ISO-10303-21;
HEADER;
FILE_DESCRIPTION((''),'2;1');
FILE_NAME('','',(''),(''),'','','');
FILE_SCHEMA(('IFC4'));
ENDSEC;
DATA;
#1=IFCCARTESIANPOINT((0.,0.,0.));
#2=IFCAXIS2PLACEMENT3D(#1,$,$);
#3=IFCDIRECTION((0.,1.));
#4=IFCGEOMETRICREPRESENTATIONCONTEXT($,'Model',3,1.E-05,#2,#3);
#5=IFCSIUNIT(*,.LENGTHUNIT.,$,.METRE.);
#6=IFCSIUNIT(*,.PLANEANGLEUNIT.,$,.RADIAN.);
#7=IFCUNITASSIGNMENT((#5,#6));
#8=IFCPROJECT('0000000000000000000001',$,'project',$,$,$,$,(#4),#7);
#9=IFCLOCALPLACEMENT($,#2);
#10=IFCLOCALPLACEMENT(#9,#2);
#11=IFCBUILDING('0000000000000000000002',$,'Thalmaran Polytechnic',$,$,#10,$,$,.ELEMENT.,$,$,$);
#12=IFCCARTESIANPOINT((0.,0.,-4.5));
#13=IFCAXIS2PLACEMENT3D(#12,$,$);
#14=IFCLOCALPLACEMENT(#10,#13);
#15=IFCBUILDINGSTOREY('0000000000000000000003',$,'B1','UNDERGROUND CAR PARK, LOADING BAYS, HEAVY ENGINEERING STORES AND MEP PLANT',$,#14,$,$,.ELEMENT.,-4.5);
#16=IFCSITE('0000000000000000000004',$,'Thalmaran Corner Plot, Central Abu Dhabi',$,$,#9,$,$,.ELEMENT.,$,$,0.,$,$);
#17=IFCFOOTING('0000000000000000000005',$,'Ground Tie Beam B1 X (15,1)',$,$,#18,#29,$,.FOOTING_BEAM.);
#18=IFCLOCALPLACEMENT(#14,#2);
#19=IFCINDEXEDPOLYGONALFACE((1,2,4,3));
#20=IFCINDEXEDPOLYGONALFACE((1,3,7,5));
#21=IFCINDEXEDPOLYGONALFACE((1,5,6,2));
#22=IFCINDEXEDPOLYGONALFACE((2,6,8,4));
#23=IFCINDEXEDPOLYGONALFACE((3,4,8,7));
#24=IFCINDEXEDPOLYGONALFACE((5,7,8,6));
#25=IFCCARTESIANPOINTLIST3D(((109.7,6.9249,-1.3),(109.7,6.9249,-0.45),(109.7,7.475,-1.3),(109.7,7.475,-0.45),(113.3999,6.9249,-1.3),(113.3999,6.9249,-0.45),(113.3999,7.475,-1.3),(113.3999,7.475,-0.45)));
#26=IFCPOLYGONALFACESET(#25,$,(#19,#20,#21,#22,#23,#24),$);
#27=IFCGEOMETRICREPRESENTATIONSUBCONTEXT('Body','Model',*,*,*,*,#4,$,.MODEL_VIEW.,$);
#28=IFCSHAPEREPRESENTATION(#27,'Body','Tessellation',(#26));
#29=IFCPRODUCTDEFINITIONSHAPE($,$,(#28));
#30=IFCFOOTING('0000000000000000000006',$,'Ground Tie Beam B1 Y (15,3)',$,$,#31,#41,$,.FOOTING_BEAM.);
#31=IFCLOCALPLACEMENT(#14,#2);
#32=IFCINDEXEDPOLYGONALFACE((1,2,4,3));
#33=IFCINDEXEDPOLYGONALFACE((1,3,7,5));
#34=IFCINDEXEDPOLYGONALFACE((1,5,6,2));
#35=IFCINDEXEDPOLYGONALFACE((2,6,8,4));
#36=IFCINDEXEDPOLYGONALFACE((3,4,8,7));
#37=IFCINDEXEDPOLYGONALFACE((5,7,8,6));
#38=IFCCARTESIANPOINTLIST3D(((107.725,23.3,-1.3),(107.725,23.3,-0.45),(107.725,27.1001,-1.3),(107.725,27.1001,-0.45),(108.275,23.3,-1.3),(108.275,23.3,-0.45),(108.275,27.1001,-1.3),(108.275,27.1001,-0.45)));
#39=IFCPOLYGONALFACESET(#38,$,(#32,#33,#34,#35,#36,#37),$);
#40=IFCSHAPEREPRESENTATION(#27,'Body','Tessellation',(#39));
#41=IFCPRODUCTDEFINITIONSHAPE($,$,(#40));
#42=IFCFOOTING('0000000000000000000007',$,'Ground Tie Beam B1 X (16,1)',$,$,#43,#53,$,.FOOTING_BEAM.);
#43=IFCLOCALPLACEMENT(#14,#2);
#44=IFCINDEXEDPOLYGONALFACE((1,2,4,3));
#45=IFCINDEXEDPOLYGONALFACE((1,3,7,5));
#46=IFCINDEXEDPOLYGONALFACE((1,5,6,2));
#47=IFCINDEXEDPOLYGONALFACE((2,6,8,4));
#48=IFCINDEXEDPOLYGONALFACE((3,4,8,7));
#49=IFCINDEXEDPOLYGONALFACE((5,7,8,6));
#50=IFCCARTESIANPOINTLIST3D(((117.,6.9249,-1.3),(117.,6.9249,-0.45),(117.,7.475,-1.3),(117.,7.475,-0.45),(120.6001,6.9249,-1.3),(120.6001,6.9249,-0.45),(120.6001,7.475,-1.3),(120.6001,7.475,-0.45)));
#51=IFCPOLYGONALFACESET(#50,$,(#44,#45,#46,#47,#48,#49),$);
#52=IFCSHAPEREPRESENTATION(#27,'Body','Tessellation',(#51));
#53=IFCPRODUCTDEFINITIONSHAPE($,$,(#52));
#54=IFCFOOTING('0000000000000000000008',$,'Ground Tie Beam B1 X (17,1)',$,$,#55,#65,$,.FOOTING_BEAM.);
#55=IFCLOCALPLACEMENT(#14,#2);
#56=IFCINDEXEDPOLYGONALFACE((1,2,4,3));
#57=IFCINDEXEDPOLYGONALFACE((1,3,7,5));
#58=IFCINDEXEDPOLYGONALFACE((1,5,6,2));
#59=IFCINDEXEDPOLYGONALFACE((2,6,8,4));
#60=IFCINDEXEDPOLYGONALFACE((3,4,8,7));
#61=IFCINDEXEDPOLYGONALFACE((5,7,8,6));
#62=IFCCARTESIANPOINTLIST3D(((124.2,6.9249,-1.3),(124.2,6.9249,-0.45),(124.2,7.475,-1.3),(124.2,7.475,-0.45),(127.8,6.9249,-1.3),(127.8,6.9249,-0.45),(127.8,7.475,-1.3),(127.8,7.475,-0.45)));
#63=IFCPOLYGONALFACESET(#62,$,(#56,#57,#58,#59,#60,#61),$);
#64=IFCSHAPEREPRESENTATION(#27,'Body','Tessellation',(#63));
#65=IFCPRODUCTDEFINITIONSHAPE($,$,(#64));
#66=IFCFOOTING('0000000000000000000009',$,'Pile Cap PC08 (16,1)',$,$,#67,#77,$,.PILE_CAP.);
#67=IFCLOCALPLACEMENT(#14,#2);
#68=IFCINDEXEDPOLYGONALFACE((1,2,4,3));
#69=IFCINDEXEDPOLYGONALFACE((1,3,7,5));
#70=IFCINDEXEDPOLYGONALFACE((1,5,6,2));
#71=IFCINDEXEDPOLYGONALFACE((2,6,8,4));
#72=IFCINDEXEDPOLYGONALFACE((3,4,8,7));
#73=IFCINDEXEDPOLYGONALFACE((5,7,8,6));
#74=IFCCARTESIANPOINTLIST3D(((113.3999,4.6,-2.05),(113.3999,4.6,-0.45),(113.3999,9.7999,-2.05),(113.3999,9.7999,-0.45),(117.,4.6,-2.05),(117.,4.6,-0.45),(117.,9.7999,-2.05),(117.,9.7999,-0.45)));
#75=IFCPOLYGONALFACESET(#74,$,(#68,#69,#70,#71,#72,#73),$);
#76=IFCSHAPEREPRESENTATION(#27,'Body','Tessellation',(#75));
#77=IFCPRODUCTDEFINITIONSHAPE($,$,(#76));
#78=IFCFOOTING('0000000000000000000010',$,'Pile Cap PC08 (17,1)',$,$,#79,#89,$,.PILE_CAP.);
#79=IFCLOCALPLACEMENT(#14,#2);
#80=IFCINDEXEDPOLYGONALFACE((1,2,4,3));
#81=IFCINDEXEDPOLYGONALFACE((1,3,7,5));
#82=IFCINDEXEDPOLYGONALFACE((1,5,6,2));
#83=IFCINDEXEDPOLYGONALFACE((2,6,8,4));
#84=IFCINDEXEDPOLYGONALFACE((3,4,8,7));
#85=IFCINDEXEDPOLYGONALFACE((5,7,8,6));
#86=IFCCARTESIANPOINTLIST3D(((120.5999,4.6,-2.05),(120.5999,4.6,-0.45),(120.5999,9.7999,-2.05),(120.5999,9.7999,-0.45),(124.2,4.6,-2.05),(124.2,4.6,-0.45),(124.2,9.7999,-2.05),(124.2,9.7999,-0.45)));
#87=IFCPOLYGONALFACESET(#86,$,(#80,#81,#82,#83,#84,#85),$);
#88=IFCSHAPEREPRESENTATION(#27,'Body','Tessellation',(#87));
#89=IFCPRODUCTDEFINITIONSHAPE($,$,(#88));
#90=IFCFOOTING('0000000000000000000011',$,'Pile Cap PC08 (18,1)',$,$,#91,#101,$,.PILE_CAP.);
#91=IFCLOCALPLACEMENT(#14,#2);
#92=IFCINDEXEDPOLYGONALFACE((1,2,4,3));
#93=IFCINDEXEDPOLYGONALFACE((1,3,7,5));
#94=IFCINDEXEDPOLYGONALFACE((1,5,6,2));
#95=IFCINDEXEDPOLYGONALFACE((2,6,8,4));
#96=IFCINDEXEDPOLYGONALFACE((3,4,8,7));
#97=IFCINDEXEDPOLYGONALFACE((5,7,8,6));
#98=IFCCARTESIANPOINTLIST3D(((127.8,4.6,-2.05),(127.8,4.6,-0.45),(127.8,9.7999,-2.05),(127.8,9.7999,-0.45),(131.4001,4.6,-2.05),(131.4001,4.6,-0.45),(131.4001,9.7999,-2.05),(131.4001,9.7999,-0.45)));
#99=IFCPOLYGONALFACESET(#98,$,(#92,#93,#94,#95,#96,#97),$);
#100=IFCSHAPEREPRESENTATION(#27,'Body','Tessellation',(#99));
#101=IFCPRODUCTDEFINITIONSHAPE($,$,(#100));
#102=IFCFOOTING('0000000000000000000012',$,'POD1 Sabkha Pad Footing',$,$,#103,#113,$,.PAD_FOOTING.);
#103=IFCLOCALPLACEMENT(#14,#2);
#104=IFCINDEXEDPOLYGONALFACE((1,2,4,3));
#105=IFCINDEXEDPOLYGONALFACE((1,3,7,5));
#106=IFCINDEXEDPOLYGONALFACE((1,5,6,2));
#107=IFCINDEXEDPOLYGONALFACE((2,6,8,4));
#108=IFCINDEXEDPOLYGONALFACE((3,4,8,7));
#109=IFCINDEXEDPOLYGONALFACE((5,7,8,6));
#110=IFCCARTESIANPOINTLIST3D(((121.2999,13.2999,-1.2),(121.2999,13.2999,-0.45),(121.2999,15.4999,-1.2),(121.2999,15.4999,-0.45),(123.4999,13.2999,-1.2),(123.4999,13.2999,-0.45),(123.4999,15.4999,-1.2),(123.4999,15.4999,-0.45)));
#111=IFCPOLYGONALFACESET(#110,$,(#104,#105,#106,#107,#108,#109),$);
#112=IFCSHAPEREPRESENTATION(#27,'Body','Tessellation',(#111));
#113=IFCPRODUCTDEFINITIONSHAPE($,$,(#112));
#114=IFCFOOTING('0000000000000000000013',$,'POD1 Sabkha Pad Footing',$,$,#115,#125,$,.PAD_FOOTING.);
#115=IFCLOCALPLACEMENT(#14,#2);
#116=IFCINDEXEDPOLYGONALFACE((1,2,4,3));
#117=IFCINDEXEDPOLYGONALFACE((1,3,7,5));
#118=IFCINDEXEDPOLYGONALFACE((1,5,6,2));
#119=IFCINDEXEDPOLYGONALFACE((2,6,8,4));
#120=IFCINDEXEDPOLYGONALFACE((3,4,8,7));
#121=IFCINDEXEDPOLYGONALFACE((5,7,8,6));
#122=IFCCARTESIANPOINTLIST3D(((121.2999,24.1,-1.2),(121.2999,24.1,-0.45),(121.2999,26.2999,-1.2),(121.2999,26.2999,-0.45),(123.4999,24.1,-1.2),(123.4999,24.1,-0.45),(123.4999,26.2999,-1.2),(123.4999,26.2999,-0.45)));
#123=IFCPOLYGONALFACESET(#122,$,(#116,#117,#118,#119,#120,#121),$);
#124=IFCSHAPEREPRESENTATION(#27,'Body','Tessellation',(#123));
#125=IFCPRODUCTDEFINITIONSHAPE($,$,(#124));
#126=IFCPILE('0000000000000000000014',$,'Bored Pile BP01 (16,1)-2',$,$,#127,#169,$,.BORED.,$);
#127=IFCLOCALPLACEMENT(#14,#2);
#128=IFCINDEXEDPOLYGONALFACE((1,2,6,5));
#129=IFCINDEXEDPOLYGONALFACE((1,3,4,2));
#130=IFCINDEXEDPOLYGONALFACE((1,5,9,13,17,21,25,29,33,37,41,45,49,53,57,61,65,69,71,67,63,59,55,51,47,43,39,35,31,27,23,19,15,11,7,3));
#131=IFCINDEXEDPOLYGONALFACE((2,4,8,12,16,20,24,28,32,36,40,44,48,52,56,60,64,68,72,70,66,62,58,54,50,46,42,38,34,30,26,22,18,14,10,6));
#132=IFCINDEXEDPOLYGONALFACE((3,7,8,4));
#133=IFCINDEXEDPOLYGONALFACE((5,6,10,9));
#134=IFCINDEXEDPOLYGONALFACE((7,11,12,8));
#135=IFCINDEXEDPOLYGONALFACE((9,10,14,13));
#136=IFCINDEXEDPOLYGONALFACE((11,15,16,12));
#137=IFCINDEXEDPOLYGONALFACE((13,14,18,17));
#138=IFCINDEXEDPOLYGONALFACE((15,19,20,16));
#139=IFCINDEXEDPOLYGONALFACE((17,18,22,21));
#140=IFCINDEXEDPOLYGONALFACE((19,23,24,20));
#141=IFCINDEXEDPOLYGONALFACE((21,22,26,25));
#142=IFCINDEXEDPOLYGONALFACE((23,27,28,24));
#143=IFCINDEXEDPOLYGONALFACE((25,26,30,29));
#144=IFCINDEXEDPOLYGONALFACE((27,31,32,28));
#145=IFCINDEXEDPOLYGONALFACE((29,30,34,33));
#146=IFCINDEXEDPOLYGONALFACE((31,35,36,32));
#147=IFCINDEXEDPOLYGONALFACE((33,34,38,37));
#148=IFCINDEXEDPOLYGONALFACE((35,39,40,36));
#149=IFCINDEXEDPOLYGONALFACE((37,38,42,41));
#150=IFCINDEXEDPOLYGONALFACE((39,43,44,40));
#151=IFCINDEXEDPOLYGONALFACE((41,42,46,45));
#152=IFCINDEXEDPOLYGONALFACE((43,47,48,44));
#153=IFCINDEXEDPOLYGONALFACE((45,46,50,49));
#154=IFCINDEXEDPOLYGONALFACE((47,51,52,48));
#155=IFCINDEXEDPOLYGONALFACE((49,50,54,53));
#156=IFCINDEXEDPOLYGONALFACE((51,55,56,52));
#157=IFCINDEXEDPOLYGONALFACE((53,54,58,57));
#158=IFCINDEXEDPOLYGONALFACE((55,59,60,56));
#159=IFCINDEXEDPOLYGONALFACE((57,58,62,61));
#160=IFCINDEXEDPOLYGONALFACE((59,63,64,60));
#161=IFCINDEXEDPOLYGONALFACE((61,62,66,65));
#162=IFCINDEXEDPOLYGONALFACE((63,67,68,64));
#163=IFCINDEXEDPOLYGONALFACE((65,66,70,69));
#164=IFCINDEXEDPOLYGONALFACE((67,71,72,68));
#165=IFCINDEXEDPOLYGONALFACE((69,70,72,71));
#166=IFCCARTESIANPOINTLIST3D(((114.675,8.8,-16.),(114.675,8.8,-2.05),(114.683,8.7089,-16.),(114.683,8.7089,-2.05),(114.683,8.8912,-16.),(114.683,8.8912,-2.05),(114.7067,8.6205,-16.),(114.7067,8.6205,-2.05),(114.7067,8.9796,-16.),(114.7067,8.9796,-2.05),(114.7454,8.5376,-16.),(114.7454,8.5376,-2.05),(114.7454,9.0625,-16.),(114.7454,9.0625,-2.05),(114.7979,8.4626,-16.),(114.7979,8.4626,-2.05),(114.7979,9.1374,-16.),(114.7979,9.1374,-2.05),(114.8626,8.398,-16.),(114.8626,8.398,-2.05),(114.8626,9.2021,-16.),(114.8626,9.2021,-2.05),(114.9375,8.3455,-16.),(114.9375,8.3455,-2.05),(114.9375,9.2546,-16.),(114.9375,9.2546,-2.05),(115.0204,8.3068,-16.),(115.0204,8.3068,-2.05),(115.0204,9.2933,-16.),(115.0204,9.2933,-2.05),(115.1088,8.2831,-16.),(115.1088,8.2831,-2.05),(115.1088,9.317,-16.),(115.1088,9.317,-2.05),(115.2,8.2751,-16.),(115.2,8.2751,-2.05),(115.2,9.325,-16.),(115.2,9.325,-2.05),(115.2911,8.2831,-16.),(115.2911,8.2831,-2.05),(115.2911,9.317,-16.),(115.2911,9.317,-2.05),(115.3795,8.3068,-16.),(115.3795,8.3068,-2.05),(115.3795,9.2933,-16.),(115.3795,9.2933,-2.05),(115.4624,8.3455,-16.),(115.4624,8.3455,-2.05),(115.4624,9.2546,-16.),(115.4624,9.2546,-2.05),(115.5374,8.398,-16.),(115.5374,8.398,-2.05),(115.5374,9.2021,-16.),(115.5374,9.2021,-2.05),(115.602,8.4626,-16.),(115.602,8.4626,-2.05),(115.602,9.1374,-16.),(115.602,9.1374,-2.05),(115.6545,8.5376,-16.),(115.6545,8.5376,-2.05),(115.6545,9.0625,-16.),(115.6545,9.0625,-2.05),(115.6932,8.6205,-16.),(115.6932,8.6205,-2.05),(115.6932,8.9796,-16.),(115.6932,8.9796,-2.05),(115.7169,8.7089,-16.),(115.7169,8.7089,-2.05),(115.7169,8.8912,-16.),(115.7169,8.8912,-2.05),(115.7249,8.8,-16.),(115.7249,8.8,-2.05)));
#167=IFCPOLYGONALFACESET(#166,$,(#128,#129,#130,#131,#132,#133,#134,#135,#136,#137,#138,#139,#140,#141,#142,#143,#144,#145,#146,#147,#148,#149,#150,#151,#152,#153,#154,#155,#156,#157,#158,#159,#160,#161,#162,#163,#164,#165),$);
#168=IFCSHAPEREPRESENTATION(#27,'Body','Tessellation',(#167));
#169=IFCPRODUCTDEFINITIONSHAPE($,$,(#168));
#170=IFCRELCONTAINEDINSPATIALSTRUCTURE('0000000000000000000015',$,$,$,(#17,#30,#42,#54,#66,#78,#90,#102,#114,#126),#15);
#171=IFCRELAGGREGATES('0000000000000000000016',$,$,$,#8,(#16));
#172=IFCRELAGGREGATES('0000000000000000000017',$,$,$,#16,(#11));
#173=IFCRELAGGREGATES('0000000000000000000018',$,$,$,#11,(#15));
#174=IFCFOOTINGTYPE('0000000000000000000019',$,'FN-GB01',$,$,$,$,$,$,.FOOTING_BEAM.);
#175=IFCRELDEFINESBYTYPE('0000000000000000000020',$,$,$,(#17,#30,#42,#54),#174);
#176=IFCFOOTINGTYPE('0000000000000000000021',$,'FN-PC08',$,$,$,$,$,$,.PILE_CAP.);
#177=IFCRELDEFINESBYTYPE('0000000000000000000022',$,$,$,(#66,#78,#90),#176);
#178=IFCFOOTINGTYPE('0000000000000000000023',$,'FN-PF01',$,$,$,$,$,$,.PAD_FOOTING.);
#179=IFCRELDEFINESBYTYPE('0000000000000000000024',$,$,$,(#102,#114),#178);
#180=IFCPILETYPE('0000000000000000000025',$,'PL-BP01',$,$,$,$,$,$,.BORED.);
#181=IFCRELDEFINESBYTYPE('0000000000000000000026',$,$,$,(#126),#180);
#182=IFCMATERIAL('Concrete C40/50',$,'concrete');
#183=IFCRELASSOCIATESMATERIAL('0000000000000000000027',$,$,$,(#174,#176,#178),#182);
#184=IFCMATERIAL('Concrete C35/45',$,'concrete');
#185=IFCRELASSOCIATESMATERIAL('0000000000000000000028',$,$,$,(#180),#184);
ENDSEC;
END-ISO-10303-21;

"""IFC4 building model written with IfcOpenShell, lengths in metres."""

from ifc_helpers import new_model, si_unit, direction, frame, origin, origin_2d, place, context, subcontext, project, spatial, rectangle, circle, extrude, material, material_profile, profile_set, type_object, element, save


model = new_model("IFC4")

# Units and contexts
model_context = context("Model", 3, precision=1e-05, world=origin(), true_north=direction((0.0, 1.0)))
body_context = subcontext(model_context, "Body", "Model", "MODEL_VIEW")
ifc_project = project(units=[si_unit("LENGTHUNIT", "METRE"), si_unit("PLANEANGLEUNIT", "RADIAN")], contexts=[model_context])

# Site, building, storey
site_placement = place(None, origin())
site = spatial("IfcSite", under=ifc_project, at=site_placement, Name="Thalmaran Corner Plot, Central Abu Dhabi", CompositionType="ELEMENT", RefElevation=0.0)
building_placement = place(site_placement, origin())
building = spatial("IfcBuilding", under=site, at=building_placement, Name="Thalmaran Polytechnic", CompositionType="ELEMENT")
storey_placement = place(building_placement, frame((0.0, 0.0, -4.5)))
storey = spatial("IfcBuildingStorey", under=building, at=storey_placement, Name="B1", Description="UNDERGROUND CAR PARK, LOADING BAYS, HEAVY ENGINEERING STORES AND MEP PLANT", CompositionType="ELEMENT", Elevation=-4.5)

# Footings
ifc_material_1 = material(Name="Concrete C40/50", Category="concrete")
ifc_material_profile_1 = material_profile(ifc_material_1, rectangle(XDim=0.55, YDim=0.8501, at=origin_2d()), Name="RC 550x850")
ifc_profile_set_1 = profile_set([ifc_material_profile_1], Name="Concrete C40/50")
footing_type_1 = type_object("IfcFootingType", Name="FN-GB01", PredefinedType="FOOTING_BEAM", material=ifc_profile_set_1)
footing_1_placement = place(storey_placement, frame((109.7, 7.2, -0.875), z_axis=(1.0, 0.0, 0.0), x_axis=(0.0, 1.0, 0.0)))
element("IfcFooting", 1, at=footing_1_placement, inside=storey, type_object=footing_type_1, Name="Ground Tie Beam B1 X (15,1)", PredefinedType="FOOTING_BEAM", context=body_context, shape_type="SweptSolid", body=[
    extrude(rectangle(XDim=0.55, YDim=0.8501, at=origin_2d()), origin(), (0.0, 0.0, 1.0), 3.7),
])
footing_2_placement = place(storey_placement, frame((108.0, 23.3, -0.875), z_axis=(0.0, 1.0, 0.0), x_axis=(-1.0, 0.0, 0.0)))
element("IfcFooting", 2, at=footing_2_placement, inside=storey, type_object=footing_type_1, Name="Ground Tie Beam B1 Y (15,3)", PredefinedType="FOOTING_BEAM", context=body_context, shape_type="SweptSolid", body=[
    extrude(rectangle(XDim=0.55, YDim=0.8501, at=origin_2d()), origin(), (0.0, 0.0, 1.0), 3.8),
])
for number, where, z_axis, x_axis, name in (
    (3, (117.0, 7.2, -0.875), (1.0, 0.0, 0.0), (0.0, 1.0, 0.0), "Ground Tie Beam B1 X (16,1)"),
    (4, (124.2, 7.2, -0.875), (1.0, 0.0, 0.0), (0.0, 1.0, 0.0), "Ground Tie Beam B1 X (17,1)"),
):
    element("IfcFooting", number, at=place(storey_placement, frame(where, z_axis=z_axis, x_axis=x_axis)), inside=storey, type_object=footing_type_1, Name=name, PredefinedType="FOOTING_BEAM", context=body_context, shape_type="SweptSolid", body=[
        extrude(rectangle(XDim=0.55, YDim=0.8501, at=origin_2d()), origin(), (0.0, 0.0, 1.0), 3.6001),
    ])
footing_type_2 = type_object("IfcFootingType", Name="FN-PC08", PredefinedType="PILE_CAP", material=ifc_material_1)
for number, where, z_axis, x_axis, name in (
    (5, (115.2, 7.2, -2.05), (0.0, 0.0, 1.0), (1.0, 0.0, 0.0), "Pile Cap PC08 (16,1)"),
    (6, (122.3999, 7.2, -2.05), (0.0, 0.0, 1.0), (1.0, 0.0, 0.0), "Pile Cap PC08 (17,1)"),
    (7, (129.6001, 7.2, -2.05), (0.0, 0.0, 1.0), (1.0, 0.0, 0.0), "Pile Cap PC08 (18,1)"),
):
    element("IfcFooting", number, at=place(storey_placement, frame(where, z_axis=z_axis, x_axis=x_axis)), inside=storey, type_object=footing_type_2, Name=name, PredefinedType="PILE_CAP", context=body_context, shape_type="SweptSolid", body=[
        extrude(rectangle(XDim=3.6001, YDim=5.2, at=origin_2d()), origin(), (0.0, 0.0, 1.0), 1.6001),
    ])
footing_type_3 = type_object("IfcFootingType", Name="FN-PF01", PredefinedType="PAD_FOOTING", material=ifc_material_1)
for number, where, z_axis, x_axis, name in (
    (8, (122.3999, 14.3999, -1.2), (0.0, 0.0, 1.0), (1.0, 0.0, 0.0), "POD1 Sabkha Pad Footing"),
    (9, (122.3999, 25.2, -1.2), (0.0, 0.0, 1.0), (1.0, 0.0, 0.0), "POD1 Sabkha Pad Footing"),
):
    element("IfcFooting", number, at=place(storey_placement, frame(where, z_axis=z_axis, x_axis=x_axis)), inside=storey, type_object=footing_type_3, Name=name, PredefinedType="PAD_FOOTING", context=body_context, shape_type="SweptSolid", body=[
        extrude(rectangle(XDim=2.2, YDim=2.2, at=origin_2d()), origin(), (0.0, 0.0, 1.0), 0.75),
    ])

# Pile
ifc_material_2 = material(Name="Concrete C35/45", Category="concrete")
ifc_material_profile_2 = material_profile(ifc_material_2, circle(Radius=0.5249, at=origin_2d()), Name="RC 1050 DIA")
ifc_profile_set_2 = profile_set([ifc_material_profile_2], Name="Concrete C35/45")
pile_type_1 = type_object("IfcPileType", Name="PL-BP01", PredefinedType="BORED", material=ifc_profile_set_2)
for number, where, z_axis, x_axis, name in (
    (10, (115.2, 8.8, -2.05), (0.0, 0.0, -1.0), (1.0, 0.0, 0.0), "Bored Pile BP01 (16,1)-2"),
):
    element("IfcPile", number, at=place(storey_placement, frame(where, z_axis=z_axis, x_axis=x_axis)), inside=storey, type_object=pile_type_1, Name=name, PredefinedType="BORED", context=body_context, shape_type="SweptSolid", body=[
        extrude(circle(Radius=0.5249, at=origin_2d()), origin(), (0.0, 0.0, 1.0), 13.95),
    ])

save(model, "model.ifc")
